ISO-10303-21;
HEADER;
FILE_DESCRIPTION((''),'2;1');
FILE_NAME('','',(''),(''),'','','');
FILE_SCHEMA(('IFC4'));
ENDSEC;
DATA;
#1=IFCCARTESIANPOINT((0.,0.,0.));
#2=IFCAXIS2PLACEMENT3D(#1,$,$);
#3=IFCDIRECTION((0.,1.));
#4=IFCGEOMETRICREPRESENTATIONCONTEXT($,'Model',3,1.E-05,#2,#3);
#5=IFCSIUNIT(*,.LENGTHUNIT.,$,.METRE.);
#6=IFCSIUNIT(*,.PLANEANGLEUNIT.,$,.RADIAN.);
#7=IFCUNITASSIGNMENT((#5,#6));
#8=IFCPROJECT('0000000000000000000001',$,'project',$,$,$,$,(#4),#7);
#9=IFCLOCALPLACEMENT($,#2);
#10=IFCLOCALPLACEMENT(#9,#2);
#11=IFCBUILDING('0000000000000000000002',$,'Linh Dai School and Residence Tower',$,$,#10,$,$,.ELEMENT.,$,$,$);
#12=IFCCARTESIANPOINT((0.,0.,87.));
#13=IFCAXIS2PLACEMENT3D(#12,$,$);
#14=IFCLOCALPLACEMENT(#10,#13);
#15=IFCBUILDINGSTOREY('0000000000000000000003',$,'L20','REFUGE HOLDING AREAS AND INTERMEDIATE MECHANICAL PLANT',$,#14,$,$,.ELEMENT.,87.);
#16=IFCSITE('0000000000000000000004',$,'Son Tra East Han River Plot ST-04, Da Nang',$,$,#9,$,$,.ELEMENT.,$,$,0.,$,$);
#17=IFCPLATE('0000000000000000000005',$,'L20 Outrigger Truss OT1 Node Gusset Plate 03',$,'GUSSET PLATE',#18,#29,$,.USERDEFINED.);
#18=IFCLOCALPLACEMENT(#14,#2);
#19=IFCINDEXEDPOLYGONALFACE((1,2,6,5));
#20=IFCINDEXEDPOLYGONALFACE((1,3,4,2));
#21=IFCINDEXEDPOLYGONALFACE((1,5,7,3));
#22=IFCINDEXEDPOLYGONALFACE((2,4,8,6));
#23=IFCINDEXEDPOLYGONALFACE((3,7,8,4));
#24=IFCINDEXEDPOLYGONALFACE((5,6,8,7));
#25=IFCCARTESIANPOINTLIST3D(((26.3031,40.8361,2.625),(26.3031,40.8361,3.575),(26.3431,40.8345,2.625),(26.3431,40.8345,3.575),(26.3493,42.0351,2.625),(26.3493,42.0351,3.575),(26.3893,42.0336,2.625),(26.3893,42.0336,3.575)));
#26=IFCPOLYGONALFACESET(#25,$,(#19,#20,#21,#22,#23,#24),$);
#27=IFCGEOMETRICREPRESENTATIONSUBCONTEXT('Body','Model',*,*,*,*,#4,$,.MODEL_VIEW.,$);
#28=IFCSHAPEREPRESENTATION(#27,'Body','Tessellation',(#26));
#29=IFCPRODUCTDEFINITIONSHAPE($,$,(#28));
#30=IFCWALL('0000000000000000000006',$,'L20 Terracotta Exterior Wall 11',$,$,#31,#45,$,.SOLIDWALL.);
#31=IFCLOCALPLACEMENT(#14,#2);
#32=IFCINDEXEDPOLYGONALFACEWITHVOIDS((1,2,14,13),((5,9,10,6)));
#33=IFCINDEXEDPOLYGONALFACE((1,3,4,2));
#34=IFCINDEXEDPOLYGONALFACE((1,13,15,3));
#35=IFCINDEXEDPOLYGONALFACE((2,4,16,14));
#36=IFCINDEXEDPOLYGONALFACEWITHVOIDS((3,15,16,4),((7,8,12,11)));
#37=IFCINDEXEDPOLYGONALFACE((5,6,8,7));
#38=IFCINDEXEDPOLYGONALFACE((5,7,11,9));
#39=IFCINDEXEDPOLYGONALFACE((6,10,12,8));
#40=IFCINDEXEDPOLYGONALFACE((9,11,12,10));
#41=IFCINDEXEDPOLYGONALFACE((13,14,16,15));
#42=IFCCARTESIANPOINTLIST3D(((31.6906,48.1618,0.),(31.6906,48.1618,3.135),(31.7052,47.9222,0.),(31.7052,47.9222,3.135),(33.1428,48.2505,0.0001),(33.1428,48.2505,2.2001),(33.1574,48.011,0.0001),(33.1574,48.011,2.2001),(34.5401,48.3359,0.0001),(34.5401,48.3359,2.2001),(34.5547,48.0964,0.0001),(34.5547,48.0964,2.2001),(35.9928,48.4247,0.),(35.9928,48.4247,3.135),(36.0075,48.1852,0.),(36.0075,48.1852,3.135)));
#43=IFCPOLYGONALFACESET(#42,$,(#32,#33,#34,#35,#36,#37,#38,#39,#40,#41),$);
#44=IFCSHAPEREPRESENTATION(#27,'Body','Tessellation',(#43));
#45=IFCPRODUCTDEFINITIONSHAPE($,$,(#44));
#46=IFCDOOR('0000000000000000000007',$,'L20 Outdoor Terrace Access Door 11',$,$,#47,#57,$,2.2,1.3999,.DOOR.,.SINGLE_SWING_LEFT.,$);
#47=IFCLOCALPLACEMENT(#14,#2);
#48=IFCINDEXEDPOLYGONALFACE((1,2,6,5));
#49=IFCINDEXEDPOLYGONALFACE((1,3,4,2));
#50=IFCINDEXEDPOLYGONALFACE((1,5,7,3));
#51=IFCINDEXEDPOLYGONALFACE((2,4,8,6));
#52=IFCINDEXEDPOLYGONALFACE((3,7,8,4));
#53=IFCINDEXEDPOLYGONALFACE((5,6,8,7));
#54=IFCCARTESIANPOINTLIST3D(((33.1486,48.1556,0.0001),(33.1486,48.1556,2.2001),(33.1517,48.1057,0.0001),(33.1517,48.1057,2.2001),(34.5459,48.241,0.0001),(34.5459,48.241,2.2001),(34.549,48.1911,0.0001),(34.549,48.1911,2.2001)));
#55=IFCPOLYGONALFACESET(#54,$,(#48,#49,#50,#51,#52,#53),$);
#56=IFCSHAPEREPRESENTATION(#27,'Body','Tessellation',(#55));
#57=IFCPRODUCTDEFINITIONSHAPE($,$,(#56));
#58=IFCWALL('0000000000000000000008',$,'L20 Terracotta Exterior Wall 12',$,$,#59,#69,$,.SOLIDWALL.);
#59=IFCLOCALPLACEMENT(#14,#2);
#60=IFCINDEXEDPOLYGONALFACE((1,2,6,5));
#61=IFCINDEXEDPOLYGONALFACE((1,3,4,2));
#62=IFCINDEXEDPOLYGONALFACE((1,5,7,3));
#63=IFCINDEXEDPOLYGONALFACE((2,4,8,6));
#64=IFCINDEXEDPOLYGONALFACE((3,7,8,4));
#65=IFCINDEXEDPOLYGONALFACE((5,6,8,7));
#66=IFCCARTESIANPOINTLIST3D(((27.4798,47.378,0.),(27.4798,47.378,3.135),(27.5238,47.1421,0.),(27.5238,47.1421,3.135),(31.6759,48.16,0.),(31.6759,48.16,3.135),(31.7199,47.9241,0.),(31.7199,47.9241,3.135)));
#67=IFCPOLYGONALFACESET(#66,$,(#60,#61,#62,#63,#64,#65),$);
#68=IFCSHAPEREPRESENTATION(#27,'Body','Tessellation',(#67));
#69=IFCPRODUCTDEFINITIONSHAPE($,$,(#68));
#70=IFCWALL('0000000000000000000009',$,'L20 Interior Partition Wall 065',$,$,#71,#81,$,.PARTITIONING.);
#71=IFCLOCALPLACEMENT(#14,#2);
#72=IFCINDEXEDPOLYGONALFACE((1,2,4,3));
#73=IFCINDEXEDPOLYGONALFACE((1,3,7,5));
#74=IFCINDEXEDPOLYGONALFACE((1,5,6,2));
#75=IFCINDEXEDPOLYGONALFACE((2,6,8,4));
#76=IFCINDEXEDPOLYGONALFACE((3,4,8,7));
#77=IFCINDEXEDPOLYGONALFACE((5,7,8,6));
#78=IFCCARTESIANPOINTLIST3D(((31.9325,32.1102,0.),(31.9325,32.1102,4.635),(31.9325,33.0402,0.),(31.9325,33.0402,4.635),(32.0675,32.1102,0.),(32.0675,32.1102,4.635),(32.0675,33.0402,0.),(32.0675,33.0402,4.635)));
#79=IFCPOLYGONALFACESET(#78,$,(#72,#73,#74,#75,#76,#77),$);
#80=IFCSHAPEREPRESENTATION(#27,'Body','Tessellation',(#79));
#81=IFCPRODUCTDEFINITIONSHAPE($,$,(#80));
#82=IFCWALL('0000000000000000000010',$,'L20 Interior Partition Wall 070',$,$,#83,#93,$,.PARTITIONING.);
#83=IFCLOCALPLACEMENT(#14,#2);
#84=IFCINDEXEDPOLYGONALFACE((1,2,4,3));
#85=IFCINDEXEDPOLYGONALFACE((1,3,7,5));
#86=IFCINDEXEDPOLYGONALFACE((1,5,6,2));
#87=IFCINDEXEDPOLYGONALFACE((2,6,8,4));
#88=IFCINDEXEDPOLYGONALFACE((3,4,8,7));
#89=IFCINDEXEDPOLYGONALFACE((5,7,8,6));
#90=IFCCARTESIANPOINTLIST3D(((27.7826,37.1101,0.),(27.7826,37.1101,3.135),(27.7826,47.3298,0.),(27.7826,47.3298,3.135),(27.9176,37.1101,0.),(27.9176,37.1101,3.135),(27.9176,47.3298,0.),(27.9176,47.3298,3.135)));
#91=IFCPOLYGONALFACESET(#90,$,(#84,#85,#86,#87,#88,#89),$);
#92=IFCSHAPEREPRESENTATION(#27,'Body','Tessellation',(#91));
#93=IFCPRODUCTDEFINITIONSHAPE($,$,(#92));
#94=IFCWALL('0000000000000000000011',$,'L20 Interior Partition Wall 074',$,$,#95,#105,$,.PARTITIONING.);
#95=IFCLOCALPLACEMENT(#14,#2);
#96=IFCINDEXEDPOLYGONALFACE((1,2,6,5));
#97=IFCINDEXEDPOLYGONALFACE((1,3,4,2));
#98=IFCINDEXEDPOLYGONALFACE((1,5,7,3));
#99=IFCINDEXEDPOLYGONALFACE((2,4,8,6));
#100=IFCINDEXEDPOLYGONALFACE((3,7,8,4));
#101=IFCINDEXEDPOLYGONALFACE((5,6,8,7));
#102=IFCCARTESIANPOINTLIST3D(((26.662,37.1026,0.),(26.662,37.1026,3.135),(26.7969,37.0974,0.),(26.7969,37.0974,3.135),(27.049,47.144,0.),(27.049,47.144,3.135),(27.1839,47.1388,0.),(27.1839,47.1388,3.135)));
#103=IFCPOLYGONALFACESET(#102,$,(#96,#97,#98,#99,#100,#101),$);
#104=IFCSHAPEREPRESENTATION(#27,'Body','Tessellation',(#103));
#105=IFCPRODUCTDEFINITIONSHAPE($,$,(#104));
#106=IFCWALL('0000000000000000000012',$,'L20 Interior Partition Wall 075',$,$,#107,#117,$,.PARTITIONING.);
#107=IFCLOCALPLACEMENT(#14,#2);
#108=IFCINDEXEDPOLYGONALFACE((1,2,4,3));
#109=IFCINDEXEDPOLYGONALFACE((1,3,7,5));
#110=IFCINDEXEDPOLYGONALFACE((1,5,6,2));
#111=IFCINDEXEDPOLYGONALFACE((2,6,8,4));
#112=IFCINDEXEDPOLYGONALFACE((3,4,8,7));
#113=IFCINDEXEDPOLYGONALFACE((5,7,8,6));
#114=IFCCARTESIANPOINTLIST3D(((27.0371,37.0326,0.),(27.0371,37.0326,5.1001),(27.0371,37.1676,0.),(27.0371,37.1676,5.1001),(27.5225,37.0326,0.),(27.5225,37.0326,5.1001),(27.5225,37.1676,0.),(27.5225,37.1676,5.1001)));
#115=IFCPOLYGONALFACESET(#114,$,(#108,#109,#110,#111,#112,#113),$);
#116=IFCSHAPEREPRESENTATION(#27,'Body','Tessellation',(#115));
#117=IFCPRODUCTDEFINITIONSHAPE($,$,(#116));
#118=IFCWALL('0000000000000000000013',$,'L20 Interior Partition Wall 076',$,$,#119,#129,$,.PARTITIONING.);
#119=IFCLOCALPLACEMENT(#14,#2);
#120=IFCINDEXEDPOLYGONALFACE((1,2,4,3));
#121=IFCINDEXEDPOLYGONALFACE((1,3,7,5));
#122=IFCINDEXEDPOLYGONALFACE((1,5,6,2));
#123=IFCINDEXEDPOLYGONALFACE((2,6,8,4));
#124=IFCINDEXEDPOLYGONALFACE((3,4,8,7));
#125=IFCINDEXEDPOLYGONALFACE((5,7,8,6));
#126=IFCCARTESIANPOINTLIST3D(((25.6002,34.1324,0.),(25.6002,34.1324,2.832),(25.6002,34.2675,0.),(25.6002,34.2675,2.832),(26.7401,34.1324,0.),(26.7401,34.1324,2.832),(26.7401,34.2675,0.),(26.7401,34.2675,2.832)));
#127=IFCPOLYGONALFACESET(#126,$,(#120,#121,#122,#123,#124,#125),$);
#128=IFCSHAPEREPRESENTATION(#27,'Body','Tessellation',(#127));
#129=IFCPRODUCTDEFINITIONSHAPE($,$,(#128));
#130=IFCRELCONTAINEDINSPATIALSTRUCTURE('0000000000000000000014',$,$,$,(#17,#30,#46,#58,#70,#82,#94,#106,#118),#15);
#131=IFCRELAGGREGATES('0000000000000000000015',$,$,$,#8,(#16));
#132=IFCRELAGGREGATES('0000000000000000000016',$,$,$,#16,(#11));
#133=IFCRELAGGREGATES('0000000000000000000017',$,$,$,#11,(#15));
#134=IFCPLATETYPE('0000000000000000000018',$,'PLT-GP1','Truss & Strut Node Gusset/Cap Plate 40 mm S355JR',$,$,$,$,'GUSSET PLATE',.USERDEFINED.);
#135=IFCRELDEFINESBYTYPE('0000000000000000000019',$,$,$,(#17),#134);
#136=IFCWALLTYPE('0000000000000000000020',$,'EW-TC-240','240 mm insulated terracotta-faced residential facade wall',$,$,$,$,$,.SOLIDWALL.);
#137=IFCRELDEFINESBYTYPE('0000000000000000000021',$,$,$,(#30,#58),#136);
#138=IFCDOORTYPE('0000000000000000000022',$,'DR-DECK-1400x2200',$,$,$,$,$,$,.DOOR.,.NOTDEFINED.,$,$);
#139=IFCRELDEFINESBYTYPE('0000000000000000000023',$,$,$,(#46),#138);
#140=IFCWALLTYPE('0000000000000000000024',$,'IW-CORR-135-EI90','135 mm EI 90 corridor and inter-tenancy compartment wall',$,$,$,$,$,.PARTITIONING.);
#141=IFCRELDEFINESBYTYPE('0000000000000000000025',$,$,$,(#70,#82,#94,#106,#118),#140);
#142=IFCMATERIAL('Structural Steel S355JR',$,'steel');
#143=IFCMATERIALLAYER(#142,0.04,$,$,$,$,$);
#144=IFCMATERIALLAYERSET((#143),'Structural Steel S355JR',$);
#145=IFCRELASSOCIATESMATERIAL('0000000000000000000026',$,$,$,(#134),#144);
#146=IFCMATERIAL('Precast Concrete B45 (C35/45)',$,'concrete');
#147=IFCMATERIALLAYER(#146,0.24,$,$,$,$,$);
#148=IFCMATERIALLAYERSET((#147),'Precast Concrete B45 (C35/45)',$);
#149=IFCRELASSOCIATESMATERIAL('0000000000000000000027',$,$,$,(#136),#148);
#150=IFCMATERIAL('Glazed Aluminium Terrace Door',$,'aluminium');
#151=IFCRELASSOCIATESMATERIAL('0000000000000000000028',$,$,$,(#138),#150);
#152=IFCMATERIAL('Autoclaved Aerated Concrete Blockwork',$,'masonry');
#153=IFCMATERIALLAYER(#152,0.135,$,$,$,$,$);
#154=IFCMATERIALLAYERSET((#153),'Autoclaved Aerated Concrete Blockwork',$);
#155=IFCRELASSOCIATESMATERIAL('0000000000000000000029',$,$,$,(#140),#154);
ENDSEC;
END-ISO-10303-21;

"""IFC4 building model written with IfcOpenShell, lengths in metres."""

from ifc_helpers import new_model, si_unit, direction, frame, frame_2d, origin, origin_2d, place, context, subcontext, project, spatial, rectangle, extrude, source, transform, mapped, material, layer, layer_set, type_object, element, fill, save


model = new_model("IFC4")

# Units and contexts
model_context = context("Model", 3, precision=1e-05, world=origin(), true_north=direction((0.0, 1.0)))
body_context = subcontext(model_context, "Body", "Model", "MODEL_VIEW")
ifc_project = project(units=[si_unit("LENGTHUNIT", "METRE"), si_unit("PLANEANGLEUNIT", "RADIAN")], contexts=[model_context])

# Site, building, storey
site_placement = place(None, origin())
site = spatial("IfcSite", under=ifc_project, at=site_placement, Name="Son Tra East Han River Plot ST-04, Da Nang", CompositionType="ELEMENT", RefElevation=0.0)
building_placement = place(site_placement, origin())
building = spatial("IfcBuilding", under=site, at=building_placement, Name="Linh Dai School and Residence Tower", CompositionType="ELEMENT")
storey_placement = place(building_placement, frame((0.0, 0.0, 87.0)))
storey = spatial("IfcBuildingStorey", under=building, at=storey_placement, Name="L20", Description="REFUGE HOLDING AREAS AND INTERMEDIATE MECHANICAL PLANT", CompositionType="ELEMENT", Elevation=87.0)

# Shared definitions
ifc_material_1 = material(Name="Structural Steel S355JR", Category="steel")

# Plate
ifc_layer_1 = layer(ifc_material_1, 0.04)
ifc_layer_set_1 = layer_set([ifc_layer_1], Name="Structural Steel S355JR")
plate_type = type_object("IfcPlateType", Name="PLT-GP1", Description="Truss & Strut Node Gusset/Cap Plate 40 mm S355JR", ElementType="GUSSET PLATE", PredefinedType="USERDEFINED", material=ifc_layer_set_1)
shared_shape_1 = source(origin(), body_context, "Body", "SweptSolid", [
    extrude(rectangle(XDim=1.2, YDim=0.04, at=origin_2d()), origin(), (0.0, 0.0, 1.0), 0.95),
])
plate_1_placement = place(storey_placement, frame((26.3462, 41.4348, 2.625), z_axis=(0.0, 0.0, 1.0), x_axis=(0.038503, 0.999259, 0.0)))
element("IfcPlate", 1, at=plate_1_placement, inside=storey, type_object=plate_type, Name="L20 Outrigger Truss OT1 Node Gusset Plate 03", ObjectType="GUSSET PLATE", PredefinedType="USERDEFINED", context=body_context, shape_type="MappedRepresentation", body=[
    mapped(shared_shape_1, transform((0.0, 0.0, 0.0), x_axis=(1.0, 0.0, 0.0), y_axis=(0.0, 1.0, 0.0), z_axis=(0.0, 0.0, 1.0), scale=1.0)),
])

# Wall, opening, door
ifc_material_2 = material(Name="Precast Concrete B45 (C35/45)", Category="concrete")
ifc_layer_2 = layer(ifc_material_2, 0.24)
ifc_layer_set_2 = layer_set([ifc_layer_2], Name="Precast Concrete B45 (C35/45)")
wall_type_1 = type_object("IfcWallType", Name="EW-TC-240", Description="240 mm insulated terracotta-faced residential facade wall", PredefinedType="SOLIDWALL", material=ifc_layer_set_2)
wall_1_placement = place(storey_placement, frame((31.6978, 48.042, 0.0), z_axis=(0.0, 0.0, 1.0), x_axis=(0.998138, 0.061003, 0.0)))
wall_1 = element("IfcWall", 2, at=wall_1_placement, inside=storey, type_object=wall_type_1, Name="L20 Terracotta Exterior Wall 11", PredefinedType="SOLIDWALL", context=body_context, shape_type="SweptSolid", body=[
    extrude(rectangle(XDim=4.3103, YDim=0.24, at=frame_2d((2.1553, 0.0))), origin(), (0.0, 0.0, 1.0), 3.135),
])
opening_1_placement = place(wall_1_placement, frame((1.4551, 0.0, 0.0)))
opening_1 = element("IfcOpeningElement", 3, at=opening_1_placement, cuts=wall_1, PredefinedType="OPENING", context=body_context, shape_type="SweptSolid", body=[
    extrude(rectangle(XDim=1.3999, YDim=2.2, at=origin_2d()), frame((0.7, 0.1299, 1.1001), z_axis=(0.0, -1.0, 0.0), x_axis=(1.0, 0.0, 0.0)), (0.0, 0.0, 1.0), 0.26),
])
ifc_material_3 = material(Name="Glazed Aluminium Terrace Door", Category="aluminium")
door_type_1 = type_object("IfcDoorType", Name="DR-DECK-1400x2200", OperationType="NOTDEFINED", PredefinedType="DOOR", material=ifc_material_3)
shared_shape_2 = source(origin(), body_context, "Body", "SweptSolid", [
    extrude(rectangle(XDim=1.3999, YDim=2.2, at=origin_2d()), frame((0.7, 0.0249, 1.1001), z_axis=(0.0, -1.0, 0.0), x_axis=(1.0, 0.0, 0.0)), (0.0, 0.0, 1.0), 0.05),
])
door_1_placement = place(opening_1_placement, origin())
door_1 = element("IfcDoor", 4, at=door_1_placement, inside=storey, type_object=door_type_1, Name="L20 Outdoor Terrace Access Door 11", OperationType="SINGLE_SWING_LEFT", OverallHeight=2.2, OverallWidth=1.3999, PredefinedType="DOOR", context=body_context, shape_type="MappedRepresentation", body=[
    mapped(shared_shape_2, transform((0.0, 0.0, 0.0), x_axis=(1.0, 0.0, 0.0), y_axis=(0.0, 1.0, 0.0), z_axis=(0.0, 0.0, 1.0), scale=1.0)),
])
fill(opening_1, door_1)

# Wall
wall_2_placement = place(storey_placement, frame((27.5017, 47.26, 0.0), z_axis=(0.0, 0.0, 1.0), x_axis=(0.983074, 0.183207, 0.0)))
element("IfcWall", 5, at=wall_2_placement, inside=storey, type_object=wall_type_1, Name="L20 Terracotta Exterior Wall 12", PredefinedType="SOLIDWALL", context=body_context, shape_type="SweptSolid", body=[
    extrude(rectangle(XDim=4.2683, YDim=0.24, at=frame_2d((2.1343, 0.0))), origin(), (0.0, 0.0, 1.0), 3.135),
])

# Shared definitions
ifc_material_4 = material(Name="Autoclaved Aerated Concrete Blockwork", Category="masonry")
ifc_layer_3 = layer(ifc_material_4, 0.135)
ifc_layer_set_3 = layer_set([ifc_layer_3], Name="Autoclaved Aerated Concrete Blockwork")
wall_type_2 = type_object("IfcWallType", Name="IW-CORR-135-EI90", Description="135 mm EI 90 corridor and inter-tenancy compartment wall", PredefinedType="PARTITIONING", material=ifc_layer_set_3)

# Walls
wall_3_placement = place(storey_placement, frame((32.0, 33.04, 0.0), z_axis=(0.0, 0.0, 1.0), x_axis=(0.0, -1.0, 0.0)))
element("IfcWall", 6, at=wall_3_placement, inside=storey, type_object=wall_type_2, Name="L20 Interior Partition Wall 065", PredefinedType="PARTITIONING", context=body_context, shape_type="SweptSolid", body=[
    extrude(rectangle(XDim=0.9299, YDim=0.135, at=frame_2d((0.4648, 0.0))), origin(), (0.0, 0.0, 1.0), 4.635),
])
wall_4_placement = place(storey_placement, frame((27.8501, 37.1101, 0.0), z_axis=(0.0, 0.0, 1.0), x_axis=(0.0, 1.0, 0.0)))
element("IfcWall", 7, at=wall_4_placement, inside=storey, type_object=wall_type_2, Name="L20 Interior Partition Wall 070", PredefinedType="PARTITIONING", context=body_context, shape_type="SweptSolid", body=[
    extrude(rectangle(XDim=10.2197, YDim=0.135, at=frame_2d((5.1099, 0.0))), origin(), (0.0, 0.0, 1.0), 3.135),
])
wall_5_placement = place(storey_placement, frame((27.1165, 47.1414, 0.0), z_axis=(0.0, 0.0, 1.0), x_axis=(-0.038509, -0.999258, 0.0)))
element("IfcWall", 8, at=wall_5_placement, inside=storey, type_object=wall_type_2, Name="L20 Interior Partition Wall 074", PredefinedType="PARTITIONING", context=body_context, shape_type="SweptSolid", body=[
    extrude(rectangle(XDim=10.0488, YDim=0.135, at=frame_2d((5.0244, 0.0))), origin(), (0.0, 0.0, 1.0), 3.135),
])
wall_6_placement = place(storey_placement, frame((27.0371, 37.1001, 0.0), z_axis=(0.0, 0.0, 1.0), x_axis=(1.0, 0.0, 0.0)))
element("IfcWall", 9, at=wall_6_placement, inside=storey, type_object=wall_type_2, Name="L20 Interior Partition Wall 075", PredefinedType="PARTITIONING", context=body_context, shape_type="SweptSolid", body=[
    extrude(rectangle(XDim=0.4854, YDim=0.135, at=frame_2d((0.2427, 0.0))), origin(), (0.0, 0.0, 1.0), 5.1001),
])
wall_7_placement = place(storey_placement, frame((26.74, 34.2, 0.0), z_axis=(0.0, 0.0, 1.0), x_axis=(-1.0, 0.0, 0.0)))
element("IfcWall", 10, at=wall_7_placement, inside=storey, type_object=wall_type_2, Name="L20 Interior Partition Wall 076", PredefinedType="PARTITIONING", context=body_context, shape_type="SweptSolid", body=[
    extrude(rectangle(XDim=1.1399, YDim=0.135, at=frame_2d((0.5698, 0.0))), origin(), (0.0, 0.0, 1.0), 2.832),
])

save(model, "model.ifc")
